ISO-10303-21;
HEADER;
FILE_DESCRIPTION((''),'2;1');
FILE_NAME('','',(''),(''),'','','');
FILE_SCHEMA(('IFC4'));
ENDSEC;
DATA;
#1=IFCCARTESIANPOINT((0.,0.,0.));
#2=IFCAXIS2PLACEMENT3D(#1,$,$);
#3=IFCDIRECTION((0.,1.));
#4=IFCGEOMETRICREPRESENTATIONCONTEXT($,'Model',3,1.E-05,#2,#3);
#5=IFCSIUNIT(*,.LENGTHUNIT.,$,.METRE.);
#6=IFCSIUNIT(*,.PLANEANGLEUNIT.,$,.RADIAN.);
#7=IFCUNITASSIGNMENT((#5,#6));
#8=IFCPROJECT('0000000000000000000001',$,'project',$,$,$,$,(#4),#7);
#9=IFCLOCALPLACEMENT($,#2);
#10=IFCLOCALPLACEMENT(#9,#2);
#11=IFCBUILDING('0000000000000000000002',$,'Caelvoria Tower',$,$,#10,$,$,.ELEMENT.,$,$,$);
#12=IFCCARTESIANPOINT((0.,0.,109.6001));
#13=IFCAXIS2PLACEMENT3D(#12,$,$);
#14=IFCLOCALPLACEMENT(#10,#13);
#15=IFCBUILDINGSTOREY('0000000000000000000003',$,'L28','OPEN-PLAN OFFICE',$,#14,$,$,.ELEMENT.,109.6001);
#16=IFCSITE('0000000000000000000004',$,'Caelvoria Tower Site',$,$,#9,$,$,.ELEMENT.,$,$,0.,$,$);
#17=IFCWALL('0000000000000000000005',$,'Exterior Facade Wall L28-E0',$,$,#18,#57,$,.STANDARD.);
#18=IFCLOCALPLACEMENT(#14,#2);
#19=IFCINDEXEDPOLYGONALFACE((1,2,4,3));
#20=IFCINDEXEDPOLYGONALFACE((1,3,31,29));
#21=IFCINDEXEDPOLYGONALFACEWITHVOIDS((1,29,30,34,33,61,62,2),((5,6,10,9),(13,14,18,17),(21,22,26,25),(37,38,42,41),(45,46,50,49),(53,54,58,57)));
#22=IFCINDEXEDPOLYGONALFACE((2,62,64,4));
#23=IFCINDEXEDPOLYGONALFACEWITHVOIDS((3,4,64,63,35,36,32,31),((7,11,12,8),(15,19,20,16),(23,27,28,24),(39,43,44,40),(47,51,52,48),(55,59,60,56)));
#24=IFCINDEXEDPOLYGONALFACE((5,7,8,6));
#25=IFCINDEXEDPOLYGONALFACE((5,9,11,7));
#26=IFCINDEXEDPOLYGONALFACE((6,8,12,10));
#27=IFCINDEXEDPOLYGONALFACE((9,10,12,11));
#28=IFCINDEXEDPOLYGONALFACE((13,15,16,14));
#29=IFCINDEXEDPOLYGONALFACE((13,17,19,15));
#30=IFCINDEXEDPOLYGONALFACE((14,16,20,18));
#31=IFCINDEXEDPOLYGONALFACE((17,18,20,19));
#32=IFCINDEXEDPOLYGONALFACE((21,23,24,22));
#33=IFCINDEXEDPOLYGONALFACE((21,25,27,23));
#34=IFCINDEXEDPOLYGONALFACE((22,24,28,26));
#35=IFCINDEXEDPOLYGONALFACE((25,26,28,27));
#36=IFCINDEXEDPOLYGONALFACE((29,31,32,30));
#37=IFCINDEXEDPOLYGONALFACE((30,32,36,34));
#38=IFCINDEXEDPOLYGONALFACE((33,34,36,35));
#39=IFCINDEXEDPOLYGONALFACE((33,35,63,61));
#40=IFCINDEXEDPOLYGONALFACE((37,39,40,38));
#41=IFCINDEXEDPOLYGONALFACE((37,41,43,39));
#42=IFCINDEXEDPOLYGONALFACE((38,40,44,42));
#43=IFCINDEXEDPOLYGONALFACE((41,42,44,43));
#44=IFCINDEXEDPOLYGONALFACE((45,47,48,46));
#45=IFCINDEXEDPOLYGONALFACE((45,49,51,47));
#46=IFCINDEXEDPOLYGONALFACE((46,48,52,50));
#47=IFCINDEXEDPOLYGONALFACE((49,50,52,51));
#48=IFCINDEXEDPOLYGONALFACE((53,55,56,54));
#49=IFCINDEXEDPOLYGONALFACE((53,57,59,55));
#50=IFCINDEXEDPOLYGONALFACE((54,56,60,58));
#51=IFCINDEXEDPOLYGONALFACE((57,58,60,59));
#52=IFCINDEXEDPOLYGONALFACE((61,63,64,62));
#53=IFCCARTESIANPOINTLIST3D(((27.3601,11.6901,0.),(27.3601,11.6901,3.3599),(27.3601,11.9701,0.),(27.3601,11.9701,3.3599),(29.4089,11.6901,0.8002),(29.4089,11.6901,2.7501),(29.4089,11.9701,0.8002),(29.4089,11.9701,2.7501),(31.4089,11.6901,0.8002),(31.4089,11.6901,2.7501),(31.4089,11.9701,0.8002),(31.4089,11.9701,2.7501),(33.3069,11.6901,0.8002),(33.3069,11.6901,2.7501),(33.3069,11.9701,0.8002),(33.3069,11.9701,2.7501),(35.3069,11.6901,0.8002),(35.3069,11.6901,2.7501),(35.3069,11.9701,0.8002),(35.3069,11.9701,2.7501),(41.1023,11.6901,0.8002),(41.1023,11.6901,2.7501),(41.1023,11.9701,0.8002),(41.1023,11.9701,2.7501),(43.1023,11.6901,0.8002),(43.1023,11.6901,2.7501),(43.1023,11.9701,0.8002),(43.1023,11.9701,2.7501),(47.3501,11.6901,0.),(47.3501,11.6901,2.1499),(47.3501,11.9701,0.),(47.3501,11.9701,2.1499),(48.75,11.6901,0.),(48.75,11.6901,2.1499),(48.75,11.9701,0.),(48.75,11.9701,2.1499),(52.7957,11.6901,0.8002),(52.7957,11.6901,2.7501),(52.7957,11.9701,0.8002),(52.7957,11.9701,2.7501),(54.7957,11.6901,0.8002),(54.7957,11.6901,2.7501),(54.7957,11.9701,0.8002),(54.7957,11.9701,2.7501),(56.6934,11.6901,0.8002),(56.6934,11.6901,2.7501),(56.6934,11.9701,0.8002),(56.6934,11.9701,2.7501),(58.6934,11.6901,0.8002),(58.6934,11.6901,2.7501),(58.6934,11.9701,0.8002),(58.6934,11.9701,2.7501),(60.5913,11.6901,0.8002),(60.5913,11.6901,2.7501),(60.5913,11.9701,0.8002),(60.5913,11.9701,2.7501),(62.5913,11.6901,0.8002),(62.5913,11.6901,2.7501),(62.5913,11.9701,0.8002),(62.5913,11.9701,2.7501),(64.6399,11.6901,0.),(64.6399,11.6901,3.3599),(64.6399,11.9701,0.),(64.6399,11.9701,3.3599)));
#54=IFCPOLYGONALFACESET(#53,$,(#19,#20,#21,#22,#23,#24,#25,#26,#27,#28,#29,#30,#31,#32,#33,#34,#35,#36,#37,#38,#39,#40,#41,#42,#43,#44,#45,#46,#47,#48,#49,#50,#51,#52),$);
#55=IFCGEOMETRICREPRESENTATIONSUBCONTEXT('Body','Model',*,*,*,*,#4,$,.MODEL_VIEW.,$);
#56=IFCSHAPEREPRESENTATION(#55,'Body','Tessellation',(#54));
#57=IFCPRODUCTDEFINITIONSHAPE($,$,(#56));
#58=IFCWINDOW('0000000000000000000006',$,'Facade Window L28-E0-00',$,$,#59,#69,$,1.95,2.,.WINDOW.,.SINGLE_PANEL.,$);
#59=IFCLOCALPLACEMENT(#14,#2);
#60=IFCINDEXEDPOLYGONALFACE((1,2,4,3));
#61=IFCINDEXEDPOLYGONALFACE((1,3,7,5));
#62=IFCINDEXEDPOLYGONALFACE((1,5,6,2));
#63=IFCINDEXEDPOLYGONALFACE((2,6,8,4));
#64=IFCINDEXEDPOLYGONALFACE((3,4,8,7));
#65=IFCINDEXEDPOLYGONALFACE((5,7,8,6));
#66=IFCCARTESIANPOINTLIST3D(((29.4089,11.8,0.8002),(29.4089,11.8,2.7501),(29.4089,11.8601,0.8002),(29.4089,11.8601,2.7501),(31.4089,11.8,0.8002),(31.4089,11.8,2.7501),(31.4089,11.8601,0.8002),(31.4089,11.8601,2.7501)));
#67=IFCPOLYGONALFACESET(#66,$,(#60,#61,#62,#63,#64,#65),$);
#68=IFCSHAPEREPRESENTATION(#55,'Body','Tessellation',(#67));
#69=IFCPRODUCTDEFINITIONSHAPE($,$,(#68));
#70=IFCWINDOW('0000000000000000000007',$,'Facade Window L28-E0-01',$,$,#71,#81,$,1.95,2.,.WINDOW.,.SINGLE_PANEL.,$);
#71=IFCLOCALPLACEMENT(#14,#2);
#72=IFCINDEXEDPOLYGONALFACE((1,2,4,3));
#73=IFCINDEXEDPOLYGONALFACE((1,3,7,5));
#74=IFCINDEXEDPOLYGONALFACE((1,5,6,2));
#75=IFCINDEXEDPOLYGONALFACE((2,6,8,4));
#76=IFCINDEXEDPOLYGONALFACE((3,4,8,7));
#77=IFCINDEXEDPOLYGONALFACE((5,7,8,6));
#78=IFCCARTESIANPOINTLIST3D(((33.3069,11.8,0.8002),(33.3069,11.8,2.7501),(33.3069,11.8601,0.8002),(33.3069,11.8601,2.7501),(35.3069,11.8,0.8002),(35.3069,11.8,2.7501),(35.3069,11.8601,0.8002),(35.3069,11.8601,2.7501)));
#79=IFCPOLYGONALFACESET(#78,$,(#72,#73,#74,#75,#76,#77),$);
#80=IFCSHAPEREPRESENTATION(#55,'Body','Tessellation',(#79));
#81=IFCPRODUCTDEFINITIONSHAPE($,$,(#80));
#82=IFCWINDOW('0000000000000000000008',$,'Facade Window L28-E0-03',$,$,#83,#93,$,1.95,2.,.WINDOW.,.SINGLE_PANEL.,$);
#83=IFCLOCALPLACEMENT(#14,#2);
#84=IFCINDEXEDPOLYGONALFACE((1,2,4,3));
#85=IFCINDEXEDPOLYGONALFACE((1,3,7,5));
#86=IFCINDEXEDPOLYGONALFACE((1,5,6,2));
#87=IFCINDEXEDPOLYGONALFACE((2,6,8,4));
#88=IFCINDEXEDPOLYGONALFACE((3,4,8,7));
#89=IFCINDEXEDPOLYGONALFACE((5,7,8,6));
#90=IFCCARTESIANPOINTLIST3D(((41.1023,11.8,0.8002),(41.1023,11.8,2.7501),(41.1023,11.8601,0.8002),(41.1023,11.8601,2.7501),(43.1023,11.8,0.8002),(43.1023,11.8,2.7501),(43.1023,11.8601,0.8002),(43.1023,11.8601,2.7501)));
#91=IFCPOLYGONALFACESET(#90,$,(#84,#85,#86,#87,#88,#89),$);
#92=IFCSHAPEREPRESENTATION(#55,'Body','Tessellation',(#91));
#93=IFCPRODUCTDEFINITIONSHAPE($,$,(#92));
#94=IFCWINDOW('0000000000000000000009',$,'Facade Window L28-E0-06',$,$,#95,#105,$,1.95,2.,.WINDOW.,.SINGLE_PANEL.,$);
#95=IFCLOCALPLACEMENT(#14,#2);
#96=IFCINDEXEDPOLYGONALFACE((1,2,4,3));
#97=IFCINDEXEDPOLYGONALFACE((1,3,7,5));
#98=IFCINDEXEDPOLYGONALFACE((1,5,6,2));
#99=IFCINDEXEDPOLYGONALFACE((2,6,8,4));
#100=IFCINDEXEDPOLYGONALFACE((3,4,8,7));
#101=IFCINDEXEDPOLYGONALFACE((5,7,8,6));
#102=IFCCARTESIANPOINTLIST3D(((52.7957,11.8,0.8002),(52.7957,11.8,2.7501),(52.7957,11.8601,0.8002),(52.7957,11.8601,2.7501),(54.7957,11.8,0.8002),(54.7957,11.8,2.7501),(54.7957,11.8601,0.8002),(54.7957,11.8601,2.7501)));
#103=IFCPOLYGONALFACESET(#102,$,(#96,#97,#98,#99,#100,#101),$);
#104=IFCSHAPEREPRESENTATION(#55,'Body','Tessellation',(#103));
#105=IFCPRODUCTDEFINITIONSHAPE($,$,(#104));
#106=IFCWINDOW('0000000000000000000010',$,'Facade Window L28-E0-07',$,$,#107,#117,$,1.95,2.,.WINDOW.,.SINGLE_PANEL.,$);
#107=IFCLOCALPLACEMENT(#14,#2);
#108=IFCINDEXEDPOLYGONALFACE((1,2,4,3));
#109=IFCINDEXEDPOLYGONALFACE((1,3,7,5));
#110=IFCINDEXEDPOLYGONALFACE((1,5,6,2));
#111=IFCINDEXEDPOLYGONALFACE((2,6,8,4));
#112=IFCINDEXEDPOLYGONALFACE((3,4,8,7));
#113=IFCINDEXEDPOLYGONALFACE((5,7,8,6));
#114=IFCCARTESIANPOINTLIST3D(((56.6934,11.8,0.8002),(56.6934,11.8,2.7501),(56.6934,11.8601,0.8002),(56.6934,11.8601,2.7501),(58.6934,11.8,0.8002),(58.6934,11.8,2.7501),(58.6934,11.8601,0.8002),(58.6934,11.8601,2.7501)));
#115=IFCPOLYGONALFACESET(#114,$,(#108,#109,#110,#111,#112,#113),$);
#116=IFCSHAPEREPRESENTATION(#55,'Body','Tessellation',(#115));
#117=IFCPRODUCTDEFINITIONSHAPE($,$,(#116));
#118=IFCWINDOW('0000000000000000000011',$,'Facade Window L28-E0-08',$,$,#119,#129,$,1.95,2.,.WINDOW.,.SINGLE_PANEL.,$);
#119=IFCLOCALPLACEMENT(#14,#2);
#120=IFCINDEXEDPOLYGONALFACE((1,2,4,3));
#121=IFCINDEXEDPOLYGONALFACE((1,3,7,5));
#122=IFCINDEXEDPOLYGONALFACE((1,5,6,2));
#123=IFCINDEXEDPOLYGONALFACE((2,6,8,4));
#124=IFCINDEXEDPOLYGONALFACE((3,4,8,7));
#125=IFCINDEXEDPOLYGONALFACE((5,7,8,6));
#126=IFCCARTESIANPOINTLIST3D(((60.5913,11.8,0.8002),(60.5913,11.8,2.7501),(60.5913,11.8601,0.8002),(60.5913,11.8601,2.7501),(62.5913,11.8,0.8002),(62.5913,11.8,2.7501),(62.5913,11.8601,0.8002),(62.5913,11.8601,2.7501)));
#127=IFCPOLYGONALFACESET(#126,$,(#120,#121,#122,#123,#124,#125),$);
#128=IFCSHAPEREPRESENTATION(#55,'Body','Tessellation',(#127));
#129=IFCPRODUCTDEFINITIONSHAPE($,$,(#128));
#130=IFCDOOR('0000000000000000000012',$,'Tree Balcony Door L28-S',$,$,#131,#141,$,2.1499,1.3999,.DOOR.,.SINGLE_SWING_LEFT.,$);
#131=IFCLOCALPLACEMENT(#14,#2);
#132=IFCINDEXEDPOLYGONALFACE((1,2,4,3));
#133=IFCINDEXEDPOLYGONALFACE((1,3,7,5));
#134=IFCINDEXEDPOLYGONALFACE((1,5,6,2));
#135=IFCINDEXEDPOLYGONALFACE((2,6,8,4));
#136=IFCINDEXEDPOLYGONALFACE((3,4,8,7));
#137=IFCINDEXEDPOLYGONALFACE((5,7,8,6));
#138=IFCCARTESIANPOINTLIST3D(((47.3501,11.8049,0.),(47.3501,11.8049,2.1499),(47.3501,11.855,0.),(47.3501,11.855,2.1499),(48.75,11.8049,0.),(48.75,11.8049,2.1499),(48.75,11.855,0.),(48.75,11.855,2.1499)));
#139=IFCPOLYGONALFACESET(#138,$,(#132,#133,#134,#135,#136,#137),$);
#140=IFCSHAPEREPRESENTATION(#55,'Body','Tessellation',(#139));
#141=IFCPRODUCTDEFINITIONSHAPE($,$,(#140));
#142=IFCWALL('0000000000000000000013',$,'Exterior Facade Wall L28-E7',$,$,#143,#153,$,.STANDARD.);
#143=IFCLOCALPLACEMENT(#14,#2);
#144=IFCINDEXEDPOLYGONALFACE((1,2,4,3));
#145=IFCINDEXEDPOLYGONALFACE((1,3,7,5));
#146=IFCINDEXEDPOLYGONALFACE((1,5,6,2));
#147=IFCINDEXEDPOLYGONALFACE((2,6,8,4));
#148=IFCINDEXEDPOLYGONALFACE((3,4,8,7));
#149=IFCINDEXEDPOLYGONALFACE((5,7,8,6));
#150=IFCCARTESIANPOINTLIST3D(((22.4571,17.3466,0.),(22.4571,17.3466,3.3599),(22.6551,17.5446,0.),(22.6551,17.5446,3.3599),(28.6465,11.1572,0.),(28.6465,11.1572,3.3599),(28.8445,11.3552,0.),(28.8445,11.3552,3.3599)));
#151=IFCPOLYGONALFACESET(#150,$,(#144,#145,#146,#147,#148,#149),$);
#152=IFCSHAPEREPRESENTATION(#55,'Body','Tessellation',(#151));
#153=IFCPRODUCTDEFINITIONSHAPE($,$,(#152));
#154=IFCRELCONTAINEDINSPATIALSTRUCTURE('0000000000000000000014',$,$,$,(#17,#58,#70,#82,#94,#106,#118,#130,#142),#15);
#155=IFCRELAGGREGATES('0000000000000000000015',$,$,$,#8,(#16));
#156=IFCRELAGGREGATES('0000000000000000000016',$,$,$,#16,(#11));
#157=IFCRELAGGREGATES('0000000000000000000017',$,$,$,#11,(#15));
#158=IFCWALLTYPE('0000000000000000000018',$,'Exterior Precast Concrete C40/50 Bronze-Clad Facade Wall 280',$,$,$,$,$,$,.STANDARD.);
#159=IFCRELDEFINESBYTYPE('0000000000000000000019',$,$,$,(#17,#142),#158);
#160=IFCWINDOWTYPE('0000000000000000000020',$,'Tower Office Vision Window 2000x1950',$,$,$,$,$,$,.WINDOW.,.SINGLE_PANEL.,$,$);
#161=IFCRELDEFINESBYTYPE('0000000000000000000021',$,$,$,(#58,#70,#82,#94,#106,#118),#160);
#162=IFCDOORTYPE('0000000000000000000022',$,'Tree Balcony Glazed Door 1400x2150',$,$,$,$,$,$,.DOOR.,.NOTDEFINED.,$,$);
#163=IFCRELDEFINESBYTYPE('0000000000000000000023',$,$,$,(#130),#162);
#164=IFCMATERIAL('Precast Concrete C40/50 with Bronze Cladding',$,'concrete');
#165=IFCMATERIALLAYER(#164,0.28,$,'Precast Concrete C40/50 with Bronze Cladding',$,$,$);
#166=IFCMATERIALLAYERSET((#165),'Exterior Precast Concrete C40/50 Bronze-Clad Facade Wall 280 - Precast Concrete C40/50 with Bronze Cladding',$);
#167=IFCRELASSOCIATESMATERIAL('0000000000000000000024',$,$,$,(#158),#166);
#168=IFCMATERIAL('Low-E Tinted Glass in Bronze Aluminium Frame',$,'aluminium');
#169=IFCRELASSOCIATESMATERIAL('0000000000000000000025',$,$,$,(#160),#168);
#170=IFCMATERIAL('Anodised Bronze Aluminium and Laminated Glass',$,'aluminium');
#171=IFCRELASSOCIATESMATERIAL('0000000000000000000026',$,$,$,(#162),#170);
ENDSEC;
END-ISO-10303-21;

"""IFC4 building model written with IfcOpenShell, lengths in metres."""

from ifc_helpers import new_model, si_unit, direction, frame, frame_2d, origin, place, context, subcontext, project, spatial, rectangle, extrude, material, layer, layer_set, type_object, element, fill, save


model = new_model("IFC4")

# Units and contexts
model_context = context("Model", 3, precision=1e-05, world=origin(), true_north=direction((0.0, 1.0)))
body_context = subcontext(model_context, "Body", "Model", "MODEL_VIEW")
ifc_project = project(units=[si_unit("LENGTHUNIT", "METRE"), si_unit("PLANEANGLEUNIT", "RADIAN")], contexts=[model_context])

# Site, building, storey
site_placement = place(None, origin())
site = spatial("IfcSite", under=ifc_project, at=site_placement, Name="Caelvoria Tower Site", CompositionType="ELEMENT", RefElevation=0.0)
building_placement = place(site_placement, origin())
building = spatial("IfcBuilding", under=site, at=building_placement, Name="Caelvoria Tower", CompositionType="ELEMENT")
storey_placement = place(building_placement, frame((0.0, 0.0, 109.6001)))
storey = spatial("IfcBuildingStorey", under=building, at=storey_placement, Name="L28", Description="OPEN-PLAN OFFICE", CompositionType="ELEMENT", Elevation=109.6001)

# Wall, openings, windows, door
ifc_material_1 = material(Name="Precast Concrete C40/50 with Bronze Cladding", Category="concrete")
ifc_layer_1 = layer(ifc_material_1, 0.28, Name="Precast Concrete C40/50 with Bronze Cladding")
ifc_layer_set_1 = layer_set([ifc_layer_1], Name="Exterior Precast Concrete C40/50 Bronze-Clad Facade Wall 280 - Precast Concrete C40/50 with Bronze Cladding")
wall_type = type_object("IfcWallType", Name="Exterior Precast Concrete C40/50 Bronze-Clad Facade Wall 280", PredefinedType="STANDARD", material=ifc_layer_set_1)
wall_1_placement = place(storey_placement, frame((27.3601, 11.8301, 0.0), z_axis=(0.0, 0.0, 1.0), x_axis=(1.0, 0.0, 0.0)))
wall_1 = element("IfcWall", 1, at=wall_1_placement, inside=storey, type_object=wall_type, Name="Exterior Facade Wall L28-E0", PredefinedType="STANDARD", context=body_context, shape_type="SweptSolid", body=[
    extrude(rectangle(XDim=37.2798, YDim=0.28, at=frame_2d((18.6399, 0.0))), origin(), (0.0, 0.0, 1.0), 3.3599),
])
opening_1_placement = place(wall_1_placement, frame((19.99, 0.0, 0.0)))
opening_1 = element("IfcOpeningElement", 2, at=opening_1_placement, cuts=wall_1, PredefinedType="OPENING", context=body_context, shape_type="SweptSolid", body=[
    extrude(rectangle(XDim=1.3999, YDim=2.1499, at=frame_2d((0.7, 1.075))), frame((0.0, 0.1499, 0.0), z_axis=(0.0, -1.0, 0.0), x_axis=(1.0, 0.0, 0.0)), (0.0, 0.0, 1.0), 0.3),
])
opening_2_placement = place(wall_1_placement, frame((2.0488, 0.0, 0.8)))
opening_2 = element("IfcOpeningElement", 3, at=opening_2_placement, cuts=wall_1, PredefinedType="OPENING", context=body_context, shape_type="SweptSolid", body=[
    extrude(rectangle(XDim=2.0, YDim=1.95, at=frame_2d((1.0, 0.9751))), frame((0.0, 0.1499, 0.0), z_axis=(0.0, -1.0, 0.0), x_axis=(1.0, 0.0, 0.0)), (0.0, 0.0, 1.0), 0.3),
])
opening_3_placement = place(wall_1_placement, frame((5.9468, 0.0, 0.8)))
opening_3 = element("IfcOpeningElement", 4, at=opening_3_placement, cuts=wall_1, PredefinedType="OPENING", context=body_context, shape_type="SweptSolid", body=[
    extrude(rectangle(XDim=2.0, YDim=1.95, at=frame_2d((1.0, 0.9751))), frame((0.0, 0.1499, 0.0), z_axis=(0.0, -1.0, 0.0), x_axis=(1.0, 0.0, 0.0)), (0.0, 0.0, 1.0), 0.3),
])
opening_4_placement = place(wall_1_placement, frame((13.7422, 0.0, 0.8)))
opening_4 = element("IfcOpeningElement", 5, at=opening_4_placement, cuts=wall_1, PredefinedType="OPENING", context=body_context, shape_type="SweptSolid", body=[
    extrude(rectangle(XDim=2.0, YDim=1.95, at=frame_2d((1.0, 0.9751))), frame((0.0, 0.1499, 0.0), z_axis=(0.0, -1.0, 0.0), x_axis=(1.0, 0.0, 0.0)), (0.0, 0.0, 1.0), 0.3),
])
opening_5_placement = place(wall_1_placement, frame((25.4355, 0.0, 0.8)))
opening_5 = element("IfcOpeningElement", 6, at=opening_5_placement, cuts=wall_1, PredefinedType="OPENING", context=body_context, shape_type="SweptSolid", body=[
    extrude(rectangle(XDim=2.0, YDim=1.95, at=frame_2d((1.0, 0.9751))), frame((0.0, 0.1499, 0.0), z_axis=(0.0, -1.0, 0.0), x_axis=(1.0, 0.0, 0.0)), (0.0, 0.0, 1.0), 0.3),
])
opening_6_placement = place(wall_1_placement, frame((29.3333, 0.0, 0.8)))
opening_6 = element("IfcOpeningElement", 7, at=opening_6_placement, cuts=wall_1, PredefinedType="OPENING", context=body_context, shape_type="SweptSolid", body=[
    extrude(rectangle(XDim=2.0, YDim=1.95, at=frame_2d((1.0, 0.9751))), frame((0.0, 0.1499, 0.0), z_axis=(0.0, -1.0, 0.0), x_axis=(1.0, 0.0, 0.0)), (0.0, 0.0, 1.0), 0.3),
])
opening_7_placement = place(wall_1_placement, frame((33.2312, 0.0, 0.8)))
opening_7 = element("IfcOpeningElement", 8, at=opening_7_placement, cuts=wall_1, PredefinedType="OPENING", context=body_context, shape_type="SweptSolid", body=[
    extrude(rectangle(XDim=2.0, YDim=1.95, at=frame_2d((1.0, 0.9751))), frame((0.0, 0.1499, 0.0), z_axis=(0.0, -1.0, 0.0), x_axis=(1.0, 0.0, 0.0)), (0.0, 0.0, 1.0), 0.3),
])
ifc_material_2 = material(Name="Low-E Tinted Glass in Bronze Aluminium Frame", Category="aluminium")
window_type = type_object("IfcWindowType", Name="Tower Office Vision Window 2000x1950", PartitioningType="SINGLE_PANEL", PredefinedType="WINDOW", material=ifc_material_2)
window_1_placement = place(opening_2_placement, origin())
window_1 = element("IfcWindow", 9, at=window_1_placement, inside=storey, type_object=window_type, Name="Facade Window L28-E0-00", OverallHeight=1.95, OverallWidth=2.0, PartitioningType="SINGLE_PANEL", PredefinedType="WINDOW", context=body_context, shape_type="SweptSolid", body=[
    extrude(rectangle(XDim=2.0, YDim=1.95, at=frame_2d((1.0, 0.9751))), frame((0.0, 0.03, 0.0), z_axis=(0.0, -1.0, 0.0), x_axis=(1.0, 0.0, 0.0)), (0.0, 0.0, 1.0), 0.0601),
])
fill(opening_2, window_1)
window_2_placement = place(opening_3_placement, origin())
window_2 = element("IfcWindow", 10, at=window_2_placement, inside=storey, type_object=window_type, Name="Facade Window L28-E0-01", OverallHeight=1.95, OverallWidth=2.0, PartitioningType="SINGLE_PANEL", PredefinedType="WINDOW", context=body_context, shape_type="SweptSolid", body=[
    extrude(rectangle(XDim=2.0, YDim=1.95, at=frame_2d((1.0, 0.9751))), frame((0.0, 0.03, 0.0), z_axis=(0.0, -1.0, 0.0), x_axis=(1.0, 0.0, 0.0)), (0.0, 0.0, 1.0), 0.0601),
])
fill(opening_3, window_2)
window_3_placement = place(opening_4_placement, origin())
window_3 = element("IfcWindow", 11, at=window_3_placement, inside=storey, type_object=window_type, Name="Facade Window L28-E0-03", OverallHeight=1.95, OverallWidth=2.0, PartitioningType="SINGLE_PANEL", PredefinedType="WINDOW", context=body_context, shape_type="SweptSolid", body=[
    extrude(rectangle(XDim=2.0, YDim=1.95, at=frame_2d((1.0, 0.9751))), frame((0.0, 0.03, 0.0), z_axis=(0.0, -1.0, 0.0), x_axis=(1.0, 0.0, 0.0)), (0.0, 0.0, 1.0), 0.0601),
])
fill(opening_4, window_3)
window_4_placement = place(opening_5_placement, origin())
window_4 = element("IfcWindow", 12, at=window_4_placement, inside=storey, type_object=window_type, Name="Facade Window L28-E0-06", OverallHeight=1.95, OverallWidth=2.0, PartitioningType="SINGLE_PANEL", PredefinedType="WINDOW", context=body_context, shape_type="SweptSolid", body=[
    extrude(rectangle(XDim=2.0, YDim=1.95, at=frame_2d((1.0, 0.9751))), frame((0.0, 0.03, 0.0), z_axis=(0.0, -1.0, 0.0), x_axis=(1.0, 0.0, 0.0)), (0.0, 0.0, 1.0), 0.0601),
])
fill(opening_5, window_4)
window_5_placement = place(opening_6_placement, origin())
window_5 = element("IfcWindow", 13, at=window_5_placement, inside=storey, type_object=window_type, Name="Facade Window L28-E0-07", OverallHeight=1.95, OverallWidth=2.0, PartitioningType="SINGLE_PANEL", PredefinedType="WINDOW", context=body_context, shape_type="SweptSolid", body=[
    extrude(rectangle(XDim=2.0, YDim=1.95, at=frame_2d((1.0, 0.9751))), frame((0.0, 0.03, 0.0), z_axis=(0.0, -1.0, 0.0), x_axis=(1.0, 0.0, 0.0)), (0.0, 0.0, 1.0), 0.0601),
])
fill(opening_6, window_5)
window_6_placement = place(opening_7_placement, origin())
window_6 = element("IfcWindow", 14, at=window_6_placement, inside=storey, type_object=window_type, Name="Facade Window L28-E0-08", OverallHeight=1.95, OverallWidth=2.0, PartitioningType="SINGLE_PANEL", PredefinedType="WINDOW", context=body_context, shape_type="SweptSolid", body=[
    extrude(rectangle(XDim=2.0, YDim=1.95, at=frame_2d((1.0, 0.9751))), frame((0.0, 0.03, 0.0), z_axis=(0.0, -1.0, 0.0), x_axis=(1.0, 0.0, 0.0)), (0.0, 0.0, 1.0), 0.0601),
])
fill(opening_7, window_6)
ifc_material_3 = material(Name="Anodised Bronze Aluminium and Laminated Glass", Category="aluminium")
door_type = type_object("IfcDoorType", Name="Tree Balcony Glazed Door 1400x2150", OperationType="NOTDEFINED", PredefinedType="DOOR", material=ifc_material_3)
door_placement = place(opening_1_placement, origin())
door = element("IfcDoor", 15, at=door_placement, inside=storey, type_object=door_type, Name="Tree Balcony Door L28-S", OperationType="SINGLE_SWING_LEFT", OverallHeight=2.1499, OverallWidth=1.3999, PredefinedType="DOOR", context=body_context, shape_type="SweptSolid", body=[
    extrude(rectangle(XDim=1.3999, YDim=2.1499, at=frame_2d((0.7, 1.075))), frame((0.0, 0.0249, 0.0), z_axis=(0.0, -1.0, 0.0), x_axis=(1.0, 0.0, 0.0)), (0.0, 0.0, 1.0), 0.05),
])
fill(opening_1, door)

# Wall
wall_2_placement = place(storey_placement, frame((22.5562, 17.4456, 0.0), z_axis=(0.0, 0.0, 1.0), x_axis=(0.707107, -0.707107, 0.0)))
element("IfcWall", 16, at=wall_2_placement, inside=storey, type_object=wall_type, Name="Exterior Facade Wall L28-E7", PredefinedType="STANDARD", context=body_context, shape_type="SweptSolid", body=[
    extrude(rectangle(XDim=8.7532, YDim=0.28, at=frame_2d((4.3765, 0.0))), origin(), (0.0, 0.0, 1.0), 3.3599),
])

save(model, "model.ifc")
